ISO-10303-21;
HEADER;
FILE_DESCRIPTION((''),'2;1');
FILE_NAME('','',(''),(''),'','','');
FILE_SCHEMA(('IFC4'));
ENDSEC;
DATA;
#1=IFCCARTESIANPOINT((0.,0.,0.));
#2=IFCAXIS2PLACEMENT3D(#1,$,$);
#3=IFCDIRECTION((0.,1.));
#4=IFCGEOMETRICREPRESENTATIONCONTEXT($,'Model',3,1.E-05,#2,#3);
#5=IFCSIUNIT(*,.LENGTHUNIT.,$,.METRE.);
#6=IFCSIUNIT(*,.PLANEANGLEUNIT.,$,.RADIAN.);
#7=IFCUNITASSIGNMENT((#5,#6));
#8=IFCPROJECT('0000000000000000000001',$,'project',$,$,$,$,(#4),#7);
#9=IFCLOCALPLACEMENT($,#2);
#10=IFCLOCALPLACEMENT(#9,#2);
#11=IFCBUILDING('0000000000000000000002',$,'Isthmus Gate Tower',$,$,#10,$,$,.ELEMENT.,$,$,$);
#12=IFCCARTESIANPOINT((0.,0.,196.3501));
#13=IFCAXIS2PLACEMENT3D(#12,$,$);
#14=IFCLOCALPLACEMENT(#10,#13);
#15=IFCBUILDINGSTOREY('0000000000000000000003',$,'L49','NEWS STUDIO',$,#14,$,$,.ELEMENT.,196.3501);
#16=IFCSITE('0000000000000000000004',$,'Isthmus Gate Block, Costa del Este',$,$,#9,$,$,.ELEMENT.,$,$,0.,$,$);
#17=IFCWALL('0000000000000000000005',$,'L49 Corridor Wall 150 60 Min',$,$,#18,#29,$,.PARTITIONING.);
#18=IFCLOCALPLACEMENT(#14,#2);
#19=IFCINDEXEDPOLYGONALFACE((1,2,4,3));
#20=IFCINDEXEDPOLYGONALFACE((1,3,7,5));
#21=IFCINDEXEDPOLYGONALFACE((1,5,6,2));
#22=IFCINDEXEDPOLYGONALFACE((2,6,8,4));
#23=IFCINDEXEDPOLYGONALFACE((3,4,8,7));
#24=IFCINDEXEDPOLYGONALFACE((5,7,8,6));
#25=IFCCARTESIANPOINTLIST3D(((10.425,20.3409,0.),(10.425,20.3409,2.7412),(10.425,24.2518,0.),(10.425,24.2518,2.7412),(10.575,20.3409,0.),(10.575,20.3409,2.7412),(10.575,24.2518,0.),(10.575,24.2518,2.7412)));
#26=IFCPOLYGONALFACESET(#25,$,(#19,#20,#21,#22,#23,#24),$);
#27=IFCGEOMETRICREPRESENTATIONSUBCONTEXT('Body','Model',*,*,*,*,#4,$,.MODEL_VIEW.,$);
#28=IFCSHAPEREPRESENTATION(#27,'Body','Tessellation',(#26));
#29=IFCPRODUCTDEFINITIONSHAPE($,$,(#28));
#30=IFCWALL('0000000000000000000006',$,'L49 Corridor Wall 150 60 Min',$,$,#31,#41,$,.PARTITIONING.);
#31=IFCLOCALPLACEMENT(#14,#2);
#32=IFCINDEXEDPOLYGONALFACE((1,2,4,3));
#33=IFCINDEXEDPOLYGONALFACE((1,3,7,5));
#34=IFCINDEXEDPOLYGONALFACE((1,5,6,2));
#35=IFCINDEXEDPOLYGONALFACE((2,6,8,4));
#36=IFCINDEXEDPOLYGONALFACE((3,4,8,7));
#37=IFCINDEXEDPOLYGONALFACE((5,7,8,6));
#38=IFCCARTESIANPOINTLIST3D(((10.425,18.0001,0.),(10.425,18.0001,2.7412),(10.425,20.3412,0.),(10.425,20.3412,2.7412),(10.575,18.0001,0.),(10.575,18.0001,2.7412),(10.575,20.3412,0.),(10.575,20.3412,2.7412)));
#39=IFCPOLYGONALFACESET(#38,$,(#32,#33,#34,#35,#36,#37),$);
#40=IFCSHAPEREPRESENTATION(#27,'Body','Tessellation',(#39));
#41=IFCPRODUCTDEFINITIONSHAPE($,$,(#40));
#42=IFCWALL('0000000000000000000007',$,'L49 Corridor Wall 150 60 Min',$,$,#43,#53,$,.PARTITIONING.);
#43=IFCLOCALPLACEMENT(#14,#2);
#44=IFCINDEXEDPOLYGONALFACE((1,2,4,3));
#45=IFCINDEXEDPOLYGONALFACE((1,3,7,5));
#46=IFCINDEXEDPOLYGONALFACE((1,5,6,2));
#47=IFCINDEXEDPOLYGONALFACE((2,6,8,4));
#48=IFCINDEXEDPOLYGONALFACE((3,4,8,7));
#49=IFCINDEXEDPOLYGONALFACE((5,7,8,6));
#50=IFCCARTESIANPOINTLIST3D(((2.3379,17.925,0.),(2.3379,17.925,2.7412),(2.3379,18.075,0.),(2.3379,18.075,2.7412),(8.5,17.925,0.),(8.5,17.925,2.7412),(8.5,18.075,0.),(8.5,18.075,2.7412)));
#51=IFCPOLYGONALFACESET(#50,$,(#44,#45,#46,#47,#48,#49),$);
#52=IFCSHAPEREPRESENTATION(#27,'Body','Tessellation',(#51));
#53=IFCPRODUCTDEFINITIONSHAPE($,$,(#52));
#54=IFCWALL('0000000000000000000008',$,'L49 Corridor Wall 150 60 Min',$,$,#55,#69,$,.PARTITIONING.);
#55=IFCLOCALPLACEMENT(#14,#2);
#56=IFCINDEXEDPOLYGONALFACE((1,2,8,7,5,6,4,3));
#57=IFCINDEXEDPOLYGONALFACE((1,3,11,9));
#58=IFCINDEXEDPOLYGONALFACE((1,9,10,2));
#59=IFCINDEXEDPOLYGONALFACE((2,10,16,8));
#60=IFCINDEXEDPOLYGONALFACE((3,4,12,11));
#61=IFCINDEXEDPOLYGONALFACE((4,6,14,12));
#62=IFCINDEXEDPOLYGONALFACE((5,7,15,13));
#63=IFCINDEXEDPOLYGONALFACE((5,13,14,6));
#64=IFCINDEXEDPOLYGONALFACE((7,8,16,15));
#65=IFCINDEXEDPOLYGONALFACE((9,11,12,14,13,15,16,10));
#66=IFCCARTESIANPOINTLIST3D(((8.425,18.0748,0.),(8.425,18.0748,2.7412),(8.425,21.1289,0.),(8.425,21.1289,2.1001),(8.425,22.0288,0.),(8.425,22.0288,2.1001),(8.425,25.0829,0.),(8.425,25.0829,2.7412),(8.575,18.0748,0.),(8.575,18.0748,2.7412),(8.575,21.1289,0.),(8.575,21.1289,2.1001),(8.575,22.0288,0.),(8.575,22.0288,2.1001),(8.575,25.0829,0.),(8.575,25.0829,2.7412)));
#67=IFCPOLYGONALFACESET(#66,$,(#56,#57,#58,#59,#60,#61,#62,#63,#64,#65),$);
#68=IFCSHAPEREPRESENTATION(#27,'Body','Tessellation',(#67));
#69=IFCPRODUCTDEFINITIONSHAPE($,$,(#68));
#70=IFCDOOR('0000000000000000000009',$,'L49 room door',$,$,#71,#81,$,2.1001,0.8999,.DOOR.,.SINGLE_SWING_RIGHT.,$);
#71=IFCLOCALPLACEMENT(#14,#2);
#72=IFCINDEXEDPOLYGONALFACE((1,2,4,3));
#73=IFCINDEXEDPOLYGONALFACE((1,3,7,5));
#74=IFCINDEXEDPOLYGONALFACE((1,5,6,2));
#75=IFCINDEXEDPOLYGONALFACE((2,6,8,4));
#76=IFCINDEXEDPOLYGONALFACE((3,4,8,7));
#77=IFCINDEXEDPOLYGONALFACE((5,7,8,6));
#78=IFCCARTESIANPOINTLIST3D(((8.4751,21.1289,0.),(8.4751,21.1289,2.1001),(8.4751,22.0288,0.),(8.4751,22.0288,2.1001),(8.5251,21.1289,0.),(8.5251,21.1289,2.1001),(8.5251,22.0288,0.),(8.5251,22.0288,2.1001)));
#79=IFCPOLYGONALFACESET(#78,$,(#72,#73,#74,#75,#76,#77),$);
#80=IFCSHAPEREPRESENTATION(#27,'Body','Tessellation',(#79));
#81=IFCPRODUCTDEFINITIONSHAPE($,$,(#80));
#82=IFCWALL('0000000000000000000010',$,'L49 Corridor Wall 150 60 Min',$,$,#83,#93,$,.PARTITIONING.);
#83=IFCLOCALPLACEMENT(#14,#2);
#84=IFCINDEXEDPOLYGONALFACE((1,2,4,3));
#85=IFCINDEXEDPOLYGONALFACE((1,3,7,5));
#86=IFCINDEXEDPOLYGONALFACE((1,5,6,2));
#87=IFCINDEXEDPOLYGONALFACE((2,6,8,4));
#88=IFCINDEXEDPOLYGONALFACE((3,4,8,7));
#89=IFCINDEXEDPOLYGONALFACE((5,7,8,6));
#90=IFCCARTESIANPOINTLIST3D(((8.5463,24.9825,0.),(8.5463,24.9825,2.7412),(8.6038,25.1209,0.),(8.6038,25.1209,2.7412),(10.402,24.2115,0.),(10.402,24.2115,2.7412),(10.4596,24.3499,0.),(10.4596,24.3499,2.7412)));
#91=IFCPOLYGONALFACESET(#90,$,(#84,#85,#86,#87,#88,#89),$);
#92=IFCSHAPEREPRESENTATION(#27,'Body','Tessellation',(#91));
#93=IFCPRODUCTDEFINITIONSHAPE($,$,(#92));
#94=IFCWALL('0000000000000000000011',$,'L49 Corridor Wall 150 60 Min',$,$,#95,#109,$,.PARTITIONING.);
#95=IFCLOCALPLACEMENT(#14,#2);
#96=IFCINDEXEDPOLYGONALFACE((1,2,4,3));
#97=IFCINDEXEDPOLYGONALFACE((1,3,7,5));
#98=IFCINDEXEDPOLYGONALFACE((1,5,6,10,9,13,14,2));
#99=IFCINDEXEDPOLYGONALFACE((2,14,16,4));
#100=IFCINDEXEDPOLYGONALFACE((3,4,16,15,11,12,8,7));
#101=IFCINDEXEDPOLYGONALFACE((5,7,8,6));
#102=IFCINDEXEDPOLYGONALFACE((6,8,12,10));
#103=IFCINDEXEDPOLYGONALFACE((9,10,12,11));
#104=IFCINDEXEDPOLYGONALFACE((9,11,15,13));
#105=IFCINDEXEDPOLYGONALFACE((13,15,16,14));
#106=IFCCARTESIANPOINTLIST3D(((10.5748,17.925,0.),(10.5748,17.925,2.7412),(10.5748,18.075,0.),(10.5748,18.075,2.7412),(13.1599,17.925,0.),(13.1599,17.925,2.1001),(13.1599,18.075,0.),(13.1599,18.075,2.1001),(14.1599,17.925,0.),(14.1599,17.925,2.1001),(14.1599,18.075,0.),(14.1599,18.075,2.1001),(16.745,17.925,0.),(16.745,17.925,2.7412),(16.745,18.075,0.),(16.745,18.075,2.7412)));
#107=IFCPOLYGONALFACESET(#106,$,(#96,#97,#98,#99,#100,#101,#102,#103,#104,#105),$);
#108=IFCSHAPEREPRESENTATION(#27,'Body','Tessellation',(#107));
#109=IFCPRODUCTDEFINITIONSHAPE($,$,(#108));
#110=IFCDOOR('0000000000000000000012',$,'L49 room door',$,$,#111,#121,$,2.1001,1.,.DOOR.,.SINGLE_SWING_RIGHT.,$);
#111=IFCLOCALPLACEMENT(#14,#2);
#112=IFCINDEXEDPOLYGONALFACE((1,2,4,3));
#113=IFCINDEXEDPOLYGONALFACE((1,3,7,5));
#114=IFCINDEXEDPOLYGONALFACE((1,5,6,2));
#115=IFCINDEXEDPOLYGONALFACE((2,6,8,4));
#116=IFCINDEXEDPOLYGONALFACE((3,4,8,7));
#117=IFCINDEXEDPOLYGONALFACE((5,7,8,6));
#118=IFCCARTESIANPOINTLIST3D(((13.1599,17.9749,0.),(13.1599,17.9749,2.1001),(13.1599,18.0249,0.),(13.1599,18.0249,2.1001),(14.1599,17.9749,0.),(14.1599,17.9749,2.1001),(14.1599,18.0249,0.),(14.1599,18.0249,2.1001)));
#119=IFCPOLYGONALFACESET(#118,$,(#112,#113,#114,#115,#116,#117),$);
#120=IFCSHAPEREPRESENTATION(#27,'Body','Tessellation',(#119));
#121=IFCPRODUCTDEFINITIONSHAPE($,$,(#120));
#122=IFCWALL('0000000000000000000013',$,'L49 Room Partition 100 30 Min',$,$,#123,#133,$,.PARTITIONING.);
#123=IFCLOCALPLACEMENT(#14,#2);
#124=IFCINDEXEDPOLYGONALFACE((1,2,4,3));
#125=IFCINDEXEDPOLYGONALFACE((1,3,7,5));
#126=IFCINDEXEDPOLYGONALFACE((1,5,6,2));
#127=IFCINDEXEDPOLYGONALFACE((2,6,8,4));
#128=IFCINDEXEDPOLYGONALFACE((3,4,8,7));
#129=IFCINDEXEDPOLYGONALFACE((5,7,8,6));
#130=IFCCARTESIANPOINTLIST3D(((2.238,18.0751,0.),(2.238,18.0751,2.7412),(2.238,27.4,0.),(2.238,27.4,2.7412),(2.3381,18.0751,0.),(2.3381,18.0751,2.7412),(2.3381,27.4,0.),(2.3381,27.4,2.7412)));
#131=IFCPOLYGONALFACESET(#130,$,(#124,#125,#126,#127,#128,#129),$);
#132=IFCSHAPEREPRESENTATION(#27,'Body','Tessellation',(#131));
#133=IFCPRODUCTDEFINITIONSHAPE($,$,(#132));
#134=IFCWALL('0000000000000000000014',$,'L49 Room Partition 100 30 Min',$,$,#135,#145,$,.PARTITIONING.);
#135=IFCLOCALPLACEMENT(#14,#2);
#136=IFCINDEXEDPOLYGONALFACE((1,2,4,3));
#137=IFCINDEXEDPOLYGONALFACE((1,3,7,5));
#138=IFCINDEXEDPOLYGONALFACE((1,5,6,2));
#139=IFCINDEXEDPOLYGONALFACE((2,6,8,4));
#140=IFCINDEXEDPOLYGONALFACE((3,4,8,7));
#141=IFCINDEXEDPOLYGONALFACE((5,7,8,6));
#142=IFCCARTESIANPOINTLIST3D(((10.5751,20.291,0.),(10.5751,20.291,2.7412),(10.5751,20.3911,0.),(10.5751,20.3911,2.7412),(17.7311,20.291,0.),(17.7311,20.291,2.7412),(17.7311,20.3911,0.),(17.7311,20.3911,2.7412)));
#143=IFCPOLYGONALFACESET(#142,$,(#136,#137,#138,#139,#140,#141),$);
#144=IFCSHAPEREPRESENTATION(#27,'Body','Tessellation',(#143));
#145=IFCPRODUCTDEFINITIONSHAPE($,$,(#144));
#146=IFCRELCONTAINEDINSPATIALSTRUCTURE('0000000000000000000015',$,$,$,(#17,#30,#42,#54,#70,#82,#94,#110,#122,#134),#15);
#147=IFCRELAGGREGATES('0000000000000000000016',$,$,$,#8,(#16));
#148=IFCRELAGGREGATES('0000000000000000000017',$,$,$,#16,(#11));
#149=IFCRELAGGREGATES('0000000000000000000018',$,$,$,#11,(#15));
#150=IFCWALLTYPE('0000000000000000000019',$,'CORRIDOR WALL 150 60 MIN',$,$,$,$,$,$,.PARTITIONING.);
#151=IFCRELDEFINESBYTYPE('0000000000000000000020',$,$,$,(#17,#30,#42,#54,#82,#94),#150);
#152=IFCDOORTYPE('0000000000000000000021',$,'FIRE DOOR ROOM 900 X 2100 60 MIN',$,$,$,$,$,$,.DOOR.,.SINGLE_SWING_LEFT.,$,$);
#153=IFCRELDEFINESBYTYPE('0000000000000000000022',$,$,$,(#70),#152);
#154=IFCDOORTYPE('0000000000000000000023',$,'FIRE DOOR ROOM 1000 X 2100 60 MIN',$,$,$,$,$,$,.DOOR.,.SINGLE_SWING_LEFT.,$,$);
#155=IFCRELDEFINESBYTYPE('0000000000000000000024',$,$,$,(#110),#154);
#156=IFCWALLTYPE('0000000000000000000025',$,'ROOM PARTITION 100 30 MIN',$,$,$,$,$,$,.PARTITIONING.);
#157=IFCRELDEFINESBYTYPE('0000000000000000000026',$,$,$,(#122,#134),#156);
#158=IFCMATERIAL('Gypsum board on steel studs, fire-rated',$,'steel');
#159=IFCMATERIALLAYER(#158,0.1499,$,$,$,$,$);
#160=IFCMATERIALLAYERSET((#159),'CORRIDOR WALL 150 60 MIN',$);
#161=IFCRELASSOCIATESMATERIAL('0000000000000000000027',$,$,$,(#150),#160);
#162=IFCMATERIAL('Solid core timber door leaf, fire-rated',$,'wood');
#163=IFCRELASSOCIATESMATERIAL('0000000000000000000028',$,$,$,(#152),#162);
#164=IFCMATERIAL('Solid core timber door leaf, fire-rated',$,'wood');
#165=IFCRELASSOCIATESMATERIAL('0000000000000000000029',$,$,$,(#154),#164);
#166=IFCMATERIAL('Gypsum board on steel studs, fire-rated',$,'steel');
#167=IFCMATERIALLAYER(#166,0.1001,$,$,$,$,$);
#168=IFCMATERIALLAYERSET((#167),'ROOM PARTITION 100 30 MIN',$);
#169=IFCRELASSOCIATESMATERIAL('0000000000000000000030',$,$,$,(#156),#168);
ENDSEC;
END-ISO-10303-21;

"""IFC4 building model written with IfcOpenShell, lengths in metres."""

from ifc_helpers import new_model, si_unit, direction, frame, frame_2d, origin, place, context, subcontext, project, spatial, rectangle, extrude, material, layer, layer_set, type_object, element, fill, save


model = new_model("IFC4")

# Units and contexts
model_context = context("Model", 3, precision=1e-05, world=origin(), true_north=direction((0.0, 1.0)))
body_context = subcontext(model_context, "Body", "Model", "MODEL_VIEW")
ifc_project = project(units=[si_unit("LENGTHUNIT", "METRE"), si_unit("PLANEANGLEUNIT", "RADIAN")], contexts=[model_context])

# Site, building, storey
site_placement = place(None, origin())
site = spatial("IfcSite", under=ifc_project, at=site_placement, Name="Isthmus Gate Block, Costa del Este", CompositionType="ELEMENT", RefElevation=0.0)
building_placement = place(site_placement, origin())
building = spatial("IfcBuilding", under=site, at=building_placement, Name="Isthmus Gate Tower", CompositionType="ELEMENT")
storey_placement = place(building_placement, frame((0.0, 0.0, 196.3501)))
storey = spatial("IfcBuildingStorey", under=building, at=storey_placement, Name="L49", Description="NEWS STUDIO", CompositionType="ELEMENT", Elevation=196.3501)

# Walls
ifc_material_1 = material(Name="Gypsum board on steel studs, fire-rated", Category="steel")
ifc_layer_1 = layer(ifc_material_1, 0.1499)
ifc_layer_set_1 = layer_set([ifc_layer_1], Name="CORRIDOR WALL 150 60 MIN")
wall_type_1 = type_object("IfcWallType", Name="CORRIDOR WALL 150 60 MIN", PredefinedType="PARTITIONING", material=ifc_layer_set_1)
wall_1_placement = place(storey_placement, frame((10.5, 24.252, 0.0), z_axis=(0.0, 0.0, 1.0), x_axis=(0.0, -1.0, 0.0)))
element("IfcWall", 1, at=wall_1_placement, inside=storey, type_object=wall_type_1, Name="L49 Corridor Wall 150 60 Min", PredefinedType="PARTITIONING", context=body_context, shape_type="SweptSolid", body=[
    extrude(rectangle(XDim=3.9109, YDim=0.1499, at=frame_2d((1.9556, 0.0))), origin(), (0.0, 0.0, 1.0), 2.7412),
])
wall_2_placement = place(storey_placement, frame((10.5, 20.3411, 0.0), z_axis=(0.0, 0.0, 1.0), x_axis=(0.0, -1.0, 0.0)))
element("IfcWall", 2, at=wall_2_placement, inside=storey, type_object=wall_type_1, Name="L49 Corridor Wall 150 60 Min", PredefinedType="PARTITIONING", context=body_context, shape_type="SweptSolid", body=[
    extrude(rectangle(XDim=2.3411, YDim=0.1499, at=frame_2d((1.1704, 0.0))), origin(), (0.0, 0.0, 1.0), 2.7412),
])
wall_3_placement = place(storey_placement, frame((2.3379, 18.0, 0.0), z_axis=(0.0, 0.0, 1.0), x_axis=(1.0, 0.0, 0.0)))
element("IfcWall", 3, at=wall_3_placement, inside=storey, type_object=wall_type_1, Name="L49 Corridor Wall 150 60 Min", PredefinedType="PARTITIONING", context=body_context, shape_type="SweptSolid", body=[
    extrude(rectangle(XDim=6.1621, YDim=0.1499, at=frame_2d((3.0811, 0.0))), origin(), (0.0, 0.0, 1.0), 2.7412),
])

# Wall, opening, door
wall_4_placement = place(storey_placement, frame((8.5, 18.075, 0.0), z_axis=(0.0, 0.0, 1.0), x_axis=(0.0, 1.0, 0.0)))
wall_4 = element("IfcWall", 4, at=wall_4_placement, inside=storey, type_object=wall_type_1, Name="L49 Corridor Wall 150 60 Min", PredefinedType="PARTITIONING", context=body_context, shape_type="SweptSolid", body=[
    extrude(rectangle(XDim=7.0081, YDim=0.1499, at=frame_2d((3.5039, 0.0))), origin(), (0.0, 0.0, 1.0), 2.7412),
])
opening_1_placement = place(wall_4_placement, frame((3.054, 0.0, 0.0)))
opening_1 = element("IfcOpeningElement", 5, at=opening_1_placement, cuts=wall_4, PredefinedType="OPENING", context=body_context, shape_type="SweptSolid", body=[
    extrude(rectangle(XDim=0.8999, YDim=2.1001, at=frame_2d((0.45, 1.05))), frame((0.0, 0.085, 0.0), z_axis=(0.0, -1.0, 0.0), x_axis=(1.0, 0.0, 0.0)), (0.0, 0.0, 1.0), 0.1699),
])
ifc_material_2 = material(Name="Solid core timber door leaf, fire-rated", Category="wood")
door_type_1 = type_object("IfcDoorType", Name="FIRE DOOR ROOM 900 X 2100 60 MIN", OperationType="SINGLE_SWING_LEFT", PredefinedType="DOOR", material=ifc_material_2)
door_1_placement = place(opening_1_placement, origin())
door_1 = element("IfcDoor", 6, at=door_1_placement, inside=storey, type_object=door_type_1, Name="L49 room door", OperationType="SINGLE_SWING_RIGHT", OverallHeight=2.1001, OverallWidth=0.8999, PredefinedType="DOOR", context=body_context, shape_type="SweptSolid", body=[
    extrude(rectangle(XDim=0.8999, YDim=2.1001, at=frame_2d((0.45, 1.05))), frame((0.0, 0.0249, 0.0), z_axis=(0.0, -1.0, 0.0), x_axis=(1.0, 0.0, 0.0)), (0.0, 0.0, 1.0), 0.05),
])
fill(opening_1, door_1)

# Wall
wall_5_placement = place(storey_placement, frame((8.575, 25.0518, 0.0), z_axis=(0.0, 0.0, 1.0), x_axis=(0.923468, -0.383675, 0.0)))
element("IfcWall", 7, at=wall_5_placement, inside=storey, type_object=wall_type_1, Name="L49 Corridor Wall 150 60 Min", PredefinedType="PARTITIONING", context=body_context, shape_type="SweptSolid", body=[
    extrude(rectangle(XDim=2.0095, YDim=0.1499, at=frame_2d((1.0049, 0.0))), origin(), (0.0, 0.0, 1.0), 2.7412),
])

# Wall, opening, door
wall_6_placement = place(storey_placement, frame((10.575, 18.0, 0.0), z_axis=(0.0, 0.0, 1.0), x_axis=(1.0, 0.0, 0.0)))
wall_6 = element("IfcWall", 8, at=wall_6_placement, inside=storey, type_object=wall_type_1, Name="L49 Corridor Wall 150 60 Min", PredefinedType="PARTITIONING", context=body_context, shape_type="SweptSolid", body=[
    extrude(rectangle(XDim=6.1702, YDim=0.1499, at=frame_2d((3.085, 0.0))), origin(), (0.0, 0.0, 1.0), 2.7412),
])
opening_2_placement = place(wall_6_placement, frame((2.585, 0.0, 0.0)))
opening_2 = element("IfcOpeningElement", 9, at=opening_2_placement, cuts=wall_6, PredefinedType="OPENING", context=body_context, shape_type="SweptSolid", body=[
    extrude(rectangle(XDim=1.0, YDim=2.1001, at=frame_2d((0.5, 1.05))), frame((0.0, 0.085, 0.0), z_axis=(0.0, -1.0, 0.0), x_axis=(1.0, 0.0, 0.0)), (0.0, 0.0, 1.0), 0.1699),
])
ifc_material_3 = material(Name="Solid core timber door leaf, fire-rated", Category="wood")
door_type_2 = type_object("IfcDoorType", Name="FIRE DOOR ROOM 1000 X 2100 60 MIN", OperationType="SINGLE_SWING_LEFT", PredefinedType="DOOR", material=ifc_material_3)
door_2_placement = place(opening_2_placement, origin())
door_2 = element("IfcDoor", 10, at=door_2_placement, inside=storey, type_object=door_type_2, Name="L49 room door", OperationType="SINGLE_SWING_RIGHT", OverallHeight=2.1001, OverallWidth=1.0, PredefinedType="DOOR", context=body_context, shape_type="SweptSolid", body=[
    extrude(rectangle(XDim=1.0, YDim=2.1001, at=frame_2d((0.5, 1.05))), frame((0.0, 0.0249, 0.0), z_axis=(0.0, -1.0, 0.0), x_axis=(1.0, 0.0, 0.0)), (0.0, 0.0, 1.0), 0.05),
])
fill(opening_2, door_2)

# Walls
ifc_material_4 = material(Name="Gypsum board on steel studs, fire-rated", Category="steel")
ifc_layer_2 = layer(ifc_material_4, 0.1001)
ifc_layer_set_2 = layer_set([ifc_layer_2], Name="ROOM PARTITION 100 30 MIN")
wall_type_2 = type_object("IfcWallType", Name="ROOM PARTITION 100 30 MIN", PredefinedType="PARTITIONING", material=ifc_layer_set_2)
wall_7_placement = place(storey_placement, frame((2.2881, 18.075, 0.0), z_axis=(0.0, 0.0, 1.0), x_axis=(0.0, 1.0, 0.0)))
element("IfcWall", 11, at=wall_7_placement, inside=storey, type_object=wall_type_2, Name="L49 Room Partition 100 30 Min", PredefinedType="PARTITIONING", context=body_context, shape_type="SweptSolid", body=[
    extrude(rectangle(XDim=9.325, YDim=0.1001, at=frame_2d((4.6626, 0.0))), origin(), (0.0, 0.0, 1.0), 2.7412),
])
wall_8_placement = place(storey_placement, frame((10.575, 20.3411, 0.0), z_axis=(0.0, 0.0, 1.0), x_axis=(1.0, 0.0, 0.0)))
element("IfcWall", 12, at=wall_8_placement, inside=storey, type_object=wall_type_2, Name="L49 Room Partition 100 30 Min", PredefinedType="PARTITIONING", context=body_context, shape_type="SweptSolid", body=[
    extrude(rectangle(XDim=7.156, YDim=0.1001, at=frame_2d((3.5781, 0.0))), origin(), (0.0, 0.0, 1.0), 2.7412),
])

save(model, "model.ifc")
